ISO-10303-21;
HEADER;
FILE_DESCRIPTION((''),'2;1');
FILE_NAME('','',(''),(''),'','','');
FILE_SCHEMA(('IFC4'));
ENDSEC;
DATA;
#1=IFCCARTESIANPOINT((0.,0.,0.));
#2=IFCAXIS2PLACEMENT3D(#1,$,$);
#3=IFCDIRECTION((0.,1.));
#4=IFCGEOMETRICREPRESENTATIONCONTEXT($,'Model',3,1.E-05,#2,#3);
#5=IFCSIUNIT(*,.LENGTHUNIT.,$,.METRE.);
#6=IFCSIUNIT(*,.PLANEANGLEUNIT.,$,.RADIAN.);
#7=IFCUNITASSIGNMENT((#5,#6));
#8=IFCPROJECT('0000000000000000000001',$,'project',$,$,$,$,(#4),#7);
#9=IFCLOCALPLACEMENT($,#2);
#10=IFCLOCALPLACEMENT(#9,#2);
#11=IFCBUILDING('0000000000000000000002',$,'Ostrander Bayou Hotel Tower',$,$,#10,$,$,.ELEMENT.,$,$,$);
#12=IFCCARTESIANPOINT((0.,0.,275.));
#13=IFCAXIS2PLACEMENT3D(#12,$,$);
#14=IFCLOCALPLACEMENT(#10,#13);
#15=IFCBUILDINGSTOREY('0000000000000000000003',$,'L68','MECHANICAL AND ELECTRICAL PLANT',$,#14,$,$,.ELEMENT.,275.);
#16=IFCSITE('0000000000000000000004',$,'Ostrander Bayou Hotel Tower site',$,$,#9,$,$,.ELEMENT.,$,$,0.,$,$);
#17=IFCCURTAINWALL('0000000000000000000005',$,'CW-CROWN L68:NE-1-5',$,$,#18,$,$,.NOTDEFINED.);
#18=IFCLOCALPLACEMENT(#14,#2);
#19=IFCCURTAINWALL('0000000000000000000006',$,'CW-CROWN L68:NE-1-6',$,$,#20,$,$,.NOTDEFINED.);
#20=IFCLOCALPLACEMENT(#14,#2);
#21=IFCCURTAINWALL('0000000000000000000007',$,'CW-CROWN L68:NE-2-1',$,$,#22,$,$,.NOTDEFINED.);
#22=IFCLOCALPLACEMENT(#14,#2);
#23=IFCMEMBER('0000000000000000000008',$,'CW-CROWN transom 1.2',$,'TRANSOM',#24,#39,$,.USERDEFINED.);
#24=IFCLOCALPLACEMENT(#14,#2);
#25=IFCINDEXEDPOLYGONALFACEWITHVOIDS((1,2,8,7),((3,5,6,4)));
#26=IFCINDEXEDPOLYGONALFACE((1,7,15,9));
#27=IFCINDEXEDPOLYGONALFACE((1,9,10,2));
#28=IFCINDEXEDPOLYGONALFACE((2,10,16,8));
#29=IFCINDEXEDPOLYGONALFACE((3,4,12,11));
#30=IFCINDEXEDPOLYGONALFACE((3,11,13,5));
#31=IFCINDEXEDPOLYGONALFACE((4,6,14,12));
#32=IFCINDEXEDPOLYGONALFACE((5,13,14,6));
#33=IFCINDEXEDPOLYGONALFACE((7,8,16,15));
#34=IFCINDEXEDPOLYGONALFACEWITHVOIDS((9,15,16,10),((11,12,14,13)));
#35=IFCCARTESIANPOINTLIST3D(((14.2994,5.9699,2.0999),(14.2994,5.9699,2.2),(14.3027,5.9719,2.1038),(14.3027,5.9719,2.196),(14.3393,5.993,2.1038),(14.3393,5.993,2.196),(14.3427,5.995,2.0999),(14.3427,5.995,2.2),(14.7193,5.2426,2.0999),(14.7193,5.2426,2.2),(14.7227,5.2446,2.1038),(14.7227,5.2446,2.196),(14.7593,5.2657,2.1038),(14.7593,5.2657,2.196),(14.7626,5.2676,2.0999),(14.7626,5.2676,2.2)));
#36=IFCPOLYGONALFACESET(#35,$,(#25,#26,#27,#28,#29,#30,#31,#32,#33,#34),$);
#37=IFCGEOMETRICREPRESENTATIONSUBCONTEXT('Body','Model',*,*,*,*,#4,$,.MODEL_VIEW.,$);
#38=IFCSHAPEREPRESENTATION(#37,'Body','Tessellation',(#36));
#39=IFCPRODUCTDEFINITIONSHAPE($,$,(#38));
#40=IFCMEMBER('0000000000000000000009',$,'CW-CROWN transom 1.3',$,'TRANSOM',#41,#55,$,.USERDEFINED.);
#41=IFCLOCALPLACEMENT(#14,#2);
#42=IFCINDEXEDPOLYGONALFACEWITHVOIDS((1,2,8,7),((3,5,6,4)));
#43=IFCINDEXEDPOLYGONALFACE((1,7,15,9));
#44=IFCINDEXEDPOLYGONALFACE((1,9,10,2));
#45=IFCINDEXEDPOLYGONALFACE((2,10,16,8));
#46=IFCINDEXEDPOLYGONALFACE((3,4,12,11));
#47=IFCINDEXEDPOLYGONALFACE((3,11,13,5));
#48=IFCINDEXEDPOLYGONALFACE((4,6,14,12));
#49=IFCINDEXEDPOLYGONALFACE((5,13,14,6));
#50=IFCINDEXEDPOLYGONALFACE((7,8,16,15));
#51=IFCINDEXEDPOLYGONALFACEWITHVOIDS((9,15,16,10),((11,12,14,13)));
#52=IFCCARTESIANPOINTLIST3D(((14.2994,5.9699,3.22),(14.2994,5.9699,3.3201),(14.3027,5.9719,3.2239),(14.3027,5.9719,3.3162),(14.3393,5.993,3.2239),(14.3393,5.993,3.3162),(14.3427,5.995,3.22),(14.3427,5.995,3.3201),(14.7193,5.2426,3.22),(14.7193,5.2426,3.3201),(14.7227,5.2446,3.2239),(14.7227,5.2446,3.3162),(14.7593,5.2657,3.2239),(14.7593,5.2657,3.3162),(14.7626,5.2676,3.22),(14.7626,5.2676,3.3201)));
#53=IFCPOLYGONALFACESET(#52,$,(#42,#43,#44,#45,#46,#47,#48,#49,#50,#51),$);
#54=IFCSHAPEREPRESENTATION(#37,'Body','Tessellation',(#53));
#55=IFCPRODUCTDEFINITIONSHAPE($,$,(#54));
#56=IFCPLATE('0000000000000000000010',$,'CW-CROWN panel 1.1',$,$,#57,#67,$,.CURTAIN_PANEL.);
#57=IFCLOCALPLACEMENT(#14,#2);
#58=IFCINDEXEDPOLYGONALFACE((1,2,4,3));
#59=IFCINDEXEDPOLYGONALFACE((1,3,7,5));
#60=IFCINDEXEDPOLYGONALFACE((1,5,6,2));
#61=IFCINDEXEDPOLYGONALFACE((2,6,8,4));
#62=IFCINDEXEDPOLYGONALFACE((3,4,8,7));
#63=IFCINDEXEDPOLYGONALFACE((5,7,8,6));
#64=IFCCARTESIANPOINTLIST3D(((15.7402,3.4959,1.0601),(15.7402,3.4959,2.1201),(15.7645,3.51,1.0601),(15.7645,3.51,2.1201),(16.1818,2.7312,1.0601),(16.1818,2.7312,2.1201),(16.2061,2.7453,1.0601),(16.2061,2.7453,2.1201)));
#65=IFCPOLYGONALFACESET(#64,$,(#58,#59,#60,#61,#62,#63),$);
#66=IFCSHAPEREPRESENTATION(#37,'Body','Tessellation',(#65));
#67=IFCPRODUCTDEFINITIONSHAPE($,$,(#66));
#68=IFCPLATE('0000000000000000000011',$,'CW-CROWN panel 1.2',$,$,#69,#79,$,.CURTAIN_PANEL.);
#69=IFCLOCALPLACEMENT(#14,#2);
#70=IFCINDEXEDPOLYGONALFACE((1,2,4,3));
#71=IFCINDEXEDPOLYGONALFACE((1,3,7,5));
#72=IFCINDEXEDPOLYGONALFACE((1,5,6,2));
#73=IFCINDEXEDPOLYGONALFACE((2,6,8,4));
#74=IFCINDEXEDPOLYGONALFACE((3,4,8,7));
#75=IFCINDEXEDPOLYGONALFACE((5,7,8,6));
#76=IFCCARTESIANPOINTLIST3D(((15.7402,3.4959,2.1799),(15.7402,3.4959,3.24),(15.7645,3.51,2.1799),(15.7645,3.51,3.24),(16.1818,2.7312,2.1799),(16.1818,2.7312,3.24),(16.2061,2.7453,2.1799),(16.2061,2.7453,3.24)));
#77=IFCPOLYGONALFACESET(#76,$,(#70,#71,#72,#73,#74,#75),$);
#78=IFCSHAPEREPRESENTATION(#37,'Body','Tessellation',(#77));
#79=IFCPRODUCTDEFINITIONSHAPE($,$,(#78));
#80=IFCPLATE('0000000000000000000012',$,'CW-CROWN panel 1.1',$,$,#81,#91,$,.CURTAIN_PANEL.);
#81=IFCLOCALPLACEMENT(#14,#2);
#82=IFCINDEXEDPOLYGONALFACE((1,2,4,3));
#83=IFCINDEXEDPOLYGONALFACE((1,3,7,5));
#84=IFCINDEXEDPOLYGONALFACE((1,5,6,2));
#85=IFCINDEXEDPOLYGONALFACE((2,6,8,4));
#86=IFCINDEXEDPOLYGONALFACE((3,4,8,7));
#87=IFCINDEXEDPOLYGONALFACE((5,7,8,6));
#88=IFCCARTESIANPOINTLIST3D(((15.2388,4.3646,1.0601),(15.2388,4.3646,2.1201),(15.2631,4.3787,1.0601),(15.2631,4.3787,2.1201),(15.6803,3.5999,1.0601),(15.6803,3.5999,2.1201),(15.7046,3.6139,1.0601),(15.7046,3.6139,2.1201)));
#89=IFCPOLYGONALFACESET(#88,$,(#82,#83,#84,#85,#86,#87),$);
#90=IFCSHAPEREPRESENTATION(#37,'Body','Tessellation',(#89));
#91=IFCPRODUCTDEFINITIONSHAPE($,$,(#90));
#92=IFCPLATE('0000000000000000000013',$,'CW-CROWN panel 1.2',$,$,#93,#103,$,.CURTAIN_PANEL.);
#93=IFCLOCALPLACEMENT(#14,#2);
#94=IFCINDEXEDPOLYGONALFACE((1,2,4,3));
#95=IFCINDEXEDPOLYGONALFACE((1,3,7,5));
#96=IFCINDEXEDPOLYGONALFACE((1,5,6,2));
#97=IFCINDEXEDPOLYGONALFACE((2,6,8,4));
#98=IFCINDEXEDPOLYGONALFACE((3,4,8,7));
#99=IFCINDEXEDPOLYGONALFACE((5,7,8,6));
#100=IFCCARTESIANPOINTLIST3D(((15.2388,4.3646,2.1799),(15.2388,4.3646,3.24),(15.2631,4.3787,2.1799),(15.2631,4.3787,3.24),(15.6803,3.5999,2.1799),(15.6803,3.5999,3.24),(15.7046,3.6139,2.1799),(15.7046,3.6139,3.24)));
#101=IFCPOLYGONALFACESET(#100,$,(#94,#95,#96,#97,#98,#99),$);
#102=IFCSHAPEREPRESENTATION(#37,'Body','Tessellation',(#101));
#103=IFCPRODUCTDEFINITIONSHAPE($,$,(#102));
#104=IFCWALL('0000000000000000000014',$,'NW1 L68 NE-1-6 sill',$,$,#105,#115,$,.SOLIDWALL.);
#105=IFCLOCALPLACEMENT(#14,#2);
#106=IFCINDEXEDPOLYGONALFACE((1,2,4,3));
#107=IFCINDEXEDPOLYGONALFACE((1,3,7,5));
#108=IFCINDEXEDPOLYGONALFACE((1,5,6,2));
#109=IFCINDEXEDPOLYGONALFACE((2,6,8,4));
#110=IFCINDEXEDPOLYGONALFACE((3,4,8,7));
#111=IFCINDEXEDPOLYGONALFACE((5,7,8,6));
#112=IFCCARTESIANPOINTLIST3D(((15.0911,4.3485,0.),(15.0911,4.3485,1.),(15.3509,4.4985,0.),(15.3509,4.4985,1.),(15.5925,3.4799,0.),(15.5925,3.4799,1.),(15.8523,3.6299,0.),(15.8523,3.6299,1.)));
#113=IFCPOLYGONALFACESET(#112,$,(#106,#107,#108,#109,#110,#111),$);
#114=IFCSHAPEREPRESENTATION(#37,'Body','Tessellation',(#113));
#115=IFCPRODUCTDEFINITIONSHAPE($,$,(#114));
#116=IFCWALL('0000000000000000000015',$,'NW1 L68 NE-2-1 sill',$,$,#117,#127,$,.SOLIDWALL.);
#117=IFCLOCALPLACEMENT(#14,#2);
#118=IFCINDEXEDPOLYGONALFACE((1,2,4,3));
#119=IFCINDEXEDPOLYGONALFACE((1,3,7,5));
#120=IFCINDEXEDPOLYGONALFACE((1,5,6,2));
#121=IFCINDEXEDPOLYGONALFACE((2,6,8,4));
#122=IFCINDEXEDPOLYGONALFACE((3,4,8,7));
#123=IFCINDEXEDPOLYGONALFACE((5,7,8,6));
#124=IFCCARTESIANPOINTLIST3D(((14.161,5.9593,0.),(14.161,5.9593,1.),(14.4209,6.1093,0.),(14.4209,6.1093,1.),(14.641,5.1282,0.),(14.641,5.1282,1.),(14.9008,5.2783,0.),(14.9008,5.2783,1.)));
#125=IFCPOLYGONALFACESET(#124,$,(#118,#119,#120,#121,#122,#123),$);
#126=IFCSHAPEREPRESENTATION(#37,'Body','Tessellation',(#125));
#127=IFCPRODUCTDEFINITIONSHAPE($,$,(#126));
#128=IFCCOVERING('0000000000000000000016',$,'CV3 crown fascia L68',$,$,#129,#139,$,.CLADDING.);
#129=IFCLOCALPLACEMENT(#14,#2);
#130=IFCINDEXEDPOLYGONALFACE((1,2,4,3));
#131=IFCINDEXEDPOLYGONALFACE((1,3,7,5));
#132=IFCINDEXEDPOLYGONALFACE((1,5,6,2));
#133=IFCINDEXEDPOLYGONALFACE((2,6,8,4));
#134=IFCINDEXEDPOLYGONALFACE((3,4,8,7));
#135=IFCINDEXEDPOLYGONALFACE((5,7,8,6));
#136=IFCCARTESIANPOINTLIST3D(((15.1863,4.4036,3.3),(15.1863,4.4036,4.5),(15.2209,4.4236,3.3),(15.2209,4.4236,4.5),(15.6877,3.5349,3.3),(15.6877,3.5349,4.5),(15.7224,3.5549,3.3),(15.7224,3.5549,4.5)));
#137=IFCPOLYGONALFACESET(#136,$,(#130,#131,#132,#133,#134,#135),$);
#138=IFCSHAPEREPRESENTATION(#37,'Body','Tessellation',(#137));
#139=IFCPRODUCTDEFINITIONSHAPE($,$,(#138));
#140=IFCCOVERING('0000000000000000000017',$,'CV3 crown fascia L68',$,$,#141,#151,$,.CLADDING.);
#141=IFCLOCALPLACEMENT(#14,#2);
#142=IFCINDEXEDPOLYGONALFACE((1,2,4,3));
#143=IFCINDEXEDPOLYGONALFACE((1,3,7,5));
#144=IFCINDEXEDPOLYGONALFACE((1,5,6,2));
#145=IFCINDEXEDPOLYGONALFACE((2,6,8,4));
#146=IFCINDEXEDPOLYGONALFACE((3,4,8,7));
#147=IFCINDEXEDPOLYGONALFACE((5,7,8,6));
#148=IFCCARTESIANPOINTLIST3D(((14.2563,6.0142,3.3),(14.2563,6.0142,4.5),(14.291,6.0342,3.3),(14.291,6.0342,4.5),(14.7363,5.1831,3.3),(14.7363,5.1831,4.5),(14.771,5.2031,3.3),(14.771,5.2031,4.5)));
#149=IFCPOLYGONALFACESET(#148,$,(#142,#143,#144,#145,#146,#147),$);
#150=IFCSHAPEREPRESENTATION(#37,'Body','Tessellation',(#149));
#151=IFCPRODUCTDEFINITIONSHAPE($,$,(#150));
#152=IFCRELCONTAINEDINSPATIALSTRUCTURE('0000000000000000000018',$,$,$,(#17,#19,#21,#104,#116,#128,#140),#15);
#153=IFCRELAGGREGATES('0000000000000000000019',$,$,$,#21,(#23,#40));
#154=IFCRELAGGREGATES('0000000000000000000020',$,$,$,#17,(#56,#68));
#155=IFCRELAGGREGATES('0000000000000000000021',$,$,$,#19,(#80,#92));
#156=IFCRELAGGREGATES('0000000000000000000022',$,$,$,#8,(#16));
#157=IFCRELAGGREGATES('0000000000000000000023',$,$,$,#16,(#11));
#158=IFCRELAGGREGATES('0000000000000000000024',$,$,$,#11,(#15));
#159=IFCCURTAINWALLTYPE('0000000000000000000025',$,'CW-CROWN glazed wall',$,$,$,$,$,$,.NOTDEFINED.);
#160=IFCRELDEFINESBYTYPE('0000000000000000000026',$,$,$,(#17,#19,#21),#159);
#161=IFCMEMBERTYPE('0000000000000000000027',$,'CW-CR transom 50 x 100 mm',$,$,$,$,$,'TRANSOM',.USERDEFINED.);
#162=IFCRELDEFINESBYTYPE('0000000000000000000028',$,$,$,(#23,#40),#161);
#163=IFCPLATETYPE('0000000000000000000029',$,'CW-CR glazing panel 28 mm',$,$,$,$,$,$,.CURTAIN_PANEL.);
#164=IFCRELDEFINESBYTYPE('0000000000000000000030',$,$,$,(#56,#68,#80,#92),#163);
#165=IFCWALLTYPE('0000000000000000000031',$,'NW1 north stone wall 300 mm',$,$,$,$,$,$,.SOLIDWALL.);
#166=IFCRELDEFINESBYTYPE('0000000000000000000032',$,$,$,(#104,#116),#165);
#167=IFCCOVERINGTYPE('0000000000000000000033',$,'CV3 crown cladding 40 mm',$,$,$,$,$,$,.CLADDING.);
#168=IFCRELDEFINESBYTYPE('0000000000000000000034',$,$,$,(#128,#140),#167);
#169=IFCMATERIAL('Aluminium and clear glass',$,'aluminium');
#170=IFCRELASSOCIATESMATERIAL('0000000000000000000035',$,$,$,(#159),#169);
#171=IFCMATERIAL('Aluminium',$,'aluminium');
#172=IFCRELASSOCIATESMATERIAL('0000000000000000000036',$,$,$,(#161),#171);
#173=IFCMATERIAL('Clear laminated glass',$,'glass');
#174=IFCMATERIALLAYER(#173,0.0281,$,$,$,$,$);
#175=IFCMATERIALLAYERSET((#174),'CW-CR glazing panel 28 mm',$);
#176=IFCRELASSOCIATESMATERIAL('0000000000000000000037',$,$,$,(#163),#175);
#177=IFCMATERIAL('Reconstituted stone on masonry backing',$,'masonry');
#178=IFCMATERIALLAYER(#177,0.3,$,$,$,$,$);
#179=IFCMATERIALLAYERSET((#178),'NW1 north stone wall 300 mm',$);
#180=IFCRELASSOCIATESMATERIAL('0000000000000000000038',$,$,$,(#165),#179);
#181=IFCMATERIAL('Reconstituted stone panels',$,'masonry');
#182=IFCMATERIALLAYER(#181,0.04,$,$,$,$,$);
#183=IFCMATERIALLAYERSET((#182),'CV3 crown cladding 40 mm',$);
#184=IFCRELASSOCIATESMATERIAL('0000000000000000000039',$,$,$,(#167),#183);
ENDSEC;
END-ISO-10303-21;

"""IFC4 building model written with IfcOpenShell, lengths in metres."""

from ifc_helpers import new_model, si_unit, direction, frame, frame_2d, origin, origin_2d, place, context, subcontext, project, spatial, polyline, rectangle, hollow_rectangle, outline, extrude, material, layer, layer_set, material_profile, profile_set, type_object, element, aggregate, save


model = new_model("IFC4")

# Units and contexts
model_context = context("Model", 3, precision=1e-05, world=origin(), true_north=direction((0.0, 1.0)))
body_context = subcontext(model_context, "Body", "Model", "MODEL_VIEW")
ifc_project = project(units=[si_unit("LENGTHUNIT", "METRE"), si_unit("PLANEANGLEUNIT", "RADIAN")], contexts=[model_context])

# Site, building, storey
site_placement = place(None, origin())
site = spatial("IfcSite", under=ifc_project, at=site_placement, Name="Ostrander Bayou Hotel Tower site", CompositionType="ELEMENT", RefElevation=0.0)
building_placement = place(site_placement, origin())
building = spatial("IfcBuilding", under=site, at=building_placement, Name="Ostrander Bayou Hotel Tower", CompositionType="ELEMENT")
storey_placement = place(building_placement, frame((0.0, 0.0, 275.0)))
storey = spatial("IfcBuildingStorey", under=building, at=storey_placement, Name="L68", Description="MECHANICAL AND ELECTRICAL PLANT", CompositionType="ELEMENT", Elevation=275.0)

# Curtain wall
ifc_material_1 = material(Name="Aluminium and clear glass", Category="aluminium")
curtain_wall_type = type_object("IfcCurtainWallType", Name="CW-CROWN glazed wall", PredefinedType="NOTDEFINED", material=ifc_material_1)
curtain_wall_1_placement = place(storey_placement, origin())
curtain_wall_1 = element("IfcCurtainWall", 1, at=curtain_wall_1_placement, inside=storey, type_object=curtain_wall_type, Name="CW-CROWN L68:NE-1-5", PredefinedType="NOTDEFINED")

# Curtain wall
curtain_wall_2_placement = place(storey_placement, origin())
curtain_wall_2 = element("IfcCurtainWall", 2, at=curtain_wall_2_placement, inside=storey, type_object=curtain_wall_type, Name="CW-CROWN L68:NE-1-6", PredefinedType="NOTDEFINED")

# Curtain wall
curtain_wall_3_placement = place(storey_placement, origin())
curtain_wall_3 = element("IfcCurtainWall", 3, at=curtain_wall_3_placement, inside=storey, type_object=curtain_wall_type, Name="CW-CROWN L68:NE-2-1", PredefinedType="NOTDEFINED")

# Members
ifc_material_2 = material(Name="Aluminium", Category="aluminium")
ifc_material_profile_1 = material_profile(ifc_material_2, hollow_rectangle(XDim=0.05, YDim=0.1001, WallThickness=0.0039, at=origin_2d()))
ifc_profile_set_1 = profile_set([ifc_material_profile_1], Name="Aluminium")
member_type_1 = type_object("IfcMemberType", Name="CW-CR transom 50 x 100 mm", ElementType="TRANSOM", PredefinedType="USERDEFINED", material=ifc_profile_set_1)
member_1_placement = place(storey_placement, frame((14.741, 5.2551, 2.1499), z_axis=(-0.500016, 0.866016, 0.0), x_axis=(-0.866016, -0.500016, 0.0)))
member_1 = element("IfcMember", 4, at=member_1_placement, type_object=member_type_1, Name="CW-CROWN transom 1.2", ObjectType="TRANSOM", PredefinedType="USERDEFINED", context=body_context, shape_type="SweptSolid", body=[
    extrude(hollow_rectangle(XDim=0.05, YDim=0.1001, WallThickness=0.0039, at=origin_2d()), origin(), (0.0, 0.0, 1.0), 0.8398),
])
member_2_placement = place(storey_placement, frame((14.741, 5.2551, 3.27), z_axis=(-0.500016, 0.866016, 0.0), x_axis=(-0.866016, -0.500016, 0.0)))
member_2 = element("IfcMember", 5, at=member_2_placement, type_object=member_type_1, Name="CW-CROWN transom 1.3", ObjectType="TRANSOM", PredefinedType="USERDEFINED", context=body_context, shape_type="SweptSolid", body=[
    extrude(hollow_rectangle(XDim=0.05, YDim=0.1001, WallThickness=0.0039, at=origin_2d()), origin(), (0.0, 0.0, 1.0), 0.8398),
])
aggregate(curtain_wall_3, [member_1, member_2])

# Plates
ifc_material_3 = material(Name="Clear laminated glass", Category="glass")
ifc_layer_1 = layer(ifc_material_3, 0.0281)
ifc_layer_set_1 = layer_set([ifc_layer_1], Name="CW-CR glazing panel 28 mm")
plate_type = type_object("IfcPlateType", Name="CW-CR glazing panel 28 mm", PredefinedType="CURTAIN_PANEL", material=ifc_layer_set_1)
plate_1_placement = place(storey_placement, frame((15.9731, 3.1206, 1.0601), z_axis=(0.0, 0.0, 1.0), x_axis=(-0.500042, 0.866001, 0.0)))
plate_1 = element("IfcPlate", 6, at=plate_1_placement, type_object=plate_type, Name="CW-CROWN panel 1.1", PredefinedType="CURTAIN_PANEL", context=body_context, shape_type="SweptSolid", body=[
    extrude(rectangle(XDim=0.8831, YDim=0.0281, at=origin_2d()), origin(), (0.0, 0.0, 1.0), 1.0601),
])
plate_2_placement = place(storey_placement, frame((15.9731, 3.1206, 2.1799), z_axis=(0.0, 0.0, 1.0), x_axis=(-0.500042, 0.866001, 0.0)))
plate_2 = element("IfcPlate", 7, at=plate_2_placement, type_object=plate_type, Name="CW-CROWN panel 1.2", PredefinedType="CURTAIN_PANEL", context=body_context, shape_type="SweptSolid", body=[
    extrude(rectangle(XDim=0.8831, YDim=0.0281, at=origin_2d()), origin(), (0.0, 0.0, 1.0), 1.0601),
])
aggregate(curtain_wall_1, [plate_1, plate_2])
plate_3_placement = place(storey_placement, frame((15.4717, 3.9893, 1.0601), z_axis=(0.0, 0.0, 1.0), x_axis=(-0.499967, 0.866044, 0.0)))
plate_3 = element("IfcPlate", 8, at=plate_3_placement, type_object=plate_type, Name="CW-CROWN panel 1.1", PredefinedType="CURTAIN_PANEL", context=body_context, shape_type="SweptSolid", body=[
    extrude(rectangle(XDim=0.8831, YDim=0.0281, at=origin_2d()), origin(), (0.0, 0.0, 1.0), 1.0601),
])
plate_4_placement = place(storey_placement, frame((15.4717, 3.9893, 2.1799), z_axis=(0.0, 0.0, 1.0), x_axis=(-0.499967, 0.866044, 0.0)))
plate_4 = element("IfcPlate", 9, at=plate_4_placement, type_object=plate_type, Name="CW-CROWN panel 1.2", PredefinedType="CURTAIN_PANEL", context=body_context, shape_type="SweptSolid", body=[
    extrude(rectangle(XDim=0.8831, YDim=0.0281, at=origin_2d()), origin(), (0.0, 0.0, 1.0), 1.0601),
])
aggregate(curtain_wall_2, [plate_3, plate_4])

# Walls
ifc_material_4 = material(Name="Reconstituted stone on masonry backing", Category="masonry")
ifc_layer_2 = layer(ifc_material_4, 0.3)
ifc_layer_set_2 = layer_set([ifc_layer_2], Name="NW1 north stone wall 300 mm")
wall_type = type_object("IfcWallType", Name="NW1 north stone wall 300 mm", PredefinedType="SOLIDWALL", material=ifc_layer_set_2)
wall_1_placement = place(storey_placement, frame((15.7224, 3.5549, 0.0), z_axis=(0.0, 0.0, 1.0), x_axis=(-0.499961, 0.866048, 0.0)))
element("IfcWall", 10, at=wall_1_placement, inside=storey, type_object=wall_type, Name="NW1 L68 NE-1-6 sill", PredefinedType="SOLIDWALL", context=body_context, shape_type="SweptSolid", body=[
    extrude(rectangle(XDim=1.0029, YDim=0.3, at=frame_2d((0.5015, 0.0))), origin(), (0.0, 0.0, 1.0), 1.0),
])
wall_2_placement = place(storey_placement, frame((14.771, 5.2031, 0.0), z_axis=(0.0, 0.0, 1.0), x_axis=(-0.500133, 0.865948, 0.0)))
element("IfcWall", 11, at=wall_2_placement, inside=storey, type_object=wall_type, Name="NW1 L68 NE-2-1 sill", PredefinedType="SOLIDWALL", context=body_context, shape_type="SweptSolid", body=[
    extrude(rectangle(XDim=0.9597, YDim=0.3, at=frame_2d((0.48, 0.0))), origin(), (0.0, 0.0, 1.0), 1.0),
])

# Coverings
ifc_material_5 = material(Name="Reconstituted stone panels", Category="masonry")
ifc_layer_3 = layer(ifc_material_5, 0.04)
ifc_layer_set_3 = layer_set([ifc_layer_3], Name="CV3 crown cladding 40 mm")
covering_type = type_object("IfcCoveringType", Name="CV3 crown cladding 40 mm", PredefinedType="CLADDING", material=ifc_layer_set_3)
covering_1_placement = place(storey_placement, frame((15.7224, 3.5549, 3.3), z_axis=(0.866048, 0.499961, 0.0), x_axis=(-0.499961, 0.866048, 0.0)))
element("IfcCovering", 12, at=covering_1_placement, inside=storey, type_object=covering_type, Name="CV3 crown fascia L68", PredefinedType="CLADDING", context=body_context, shape_type="SweptSolid", body=[
    extrude(outline(polyline([(0.0, 0.0), (1.003, 0.0), (1.003, 1.2), (0.0, 1.2), (0.0, 0.0)])), origin(), (0.0, 0.0, -1.0), 0.04),
])
covering_2_placement = place(storey_placement, frame((14.771, 5.2031, 3.3), z_axis=(0.865948, 0.500133, 0.0), x_axis=(-0.500133, 0.865948, 0.0)))
element("IfcCovering", 13, at=covering_2_placement, inside=storey, type_object=covering_type, Name="CV3 crown fascia L68", PredefinedType="CLADDING", context=body_context, shape_type="SweptSolid", body=[
    extrude(outline(polyline([(0.0, 0.0), (0.9597, 0.0), (0.9597, 1.2), (0.0, 1.2), (0.0, 0.0)])), origin(), (0.0, 0.0, -1.0), 0.04),
])

save(model, "model.ifc")
